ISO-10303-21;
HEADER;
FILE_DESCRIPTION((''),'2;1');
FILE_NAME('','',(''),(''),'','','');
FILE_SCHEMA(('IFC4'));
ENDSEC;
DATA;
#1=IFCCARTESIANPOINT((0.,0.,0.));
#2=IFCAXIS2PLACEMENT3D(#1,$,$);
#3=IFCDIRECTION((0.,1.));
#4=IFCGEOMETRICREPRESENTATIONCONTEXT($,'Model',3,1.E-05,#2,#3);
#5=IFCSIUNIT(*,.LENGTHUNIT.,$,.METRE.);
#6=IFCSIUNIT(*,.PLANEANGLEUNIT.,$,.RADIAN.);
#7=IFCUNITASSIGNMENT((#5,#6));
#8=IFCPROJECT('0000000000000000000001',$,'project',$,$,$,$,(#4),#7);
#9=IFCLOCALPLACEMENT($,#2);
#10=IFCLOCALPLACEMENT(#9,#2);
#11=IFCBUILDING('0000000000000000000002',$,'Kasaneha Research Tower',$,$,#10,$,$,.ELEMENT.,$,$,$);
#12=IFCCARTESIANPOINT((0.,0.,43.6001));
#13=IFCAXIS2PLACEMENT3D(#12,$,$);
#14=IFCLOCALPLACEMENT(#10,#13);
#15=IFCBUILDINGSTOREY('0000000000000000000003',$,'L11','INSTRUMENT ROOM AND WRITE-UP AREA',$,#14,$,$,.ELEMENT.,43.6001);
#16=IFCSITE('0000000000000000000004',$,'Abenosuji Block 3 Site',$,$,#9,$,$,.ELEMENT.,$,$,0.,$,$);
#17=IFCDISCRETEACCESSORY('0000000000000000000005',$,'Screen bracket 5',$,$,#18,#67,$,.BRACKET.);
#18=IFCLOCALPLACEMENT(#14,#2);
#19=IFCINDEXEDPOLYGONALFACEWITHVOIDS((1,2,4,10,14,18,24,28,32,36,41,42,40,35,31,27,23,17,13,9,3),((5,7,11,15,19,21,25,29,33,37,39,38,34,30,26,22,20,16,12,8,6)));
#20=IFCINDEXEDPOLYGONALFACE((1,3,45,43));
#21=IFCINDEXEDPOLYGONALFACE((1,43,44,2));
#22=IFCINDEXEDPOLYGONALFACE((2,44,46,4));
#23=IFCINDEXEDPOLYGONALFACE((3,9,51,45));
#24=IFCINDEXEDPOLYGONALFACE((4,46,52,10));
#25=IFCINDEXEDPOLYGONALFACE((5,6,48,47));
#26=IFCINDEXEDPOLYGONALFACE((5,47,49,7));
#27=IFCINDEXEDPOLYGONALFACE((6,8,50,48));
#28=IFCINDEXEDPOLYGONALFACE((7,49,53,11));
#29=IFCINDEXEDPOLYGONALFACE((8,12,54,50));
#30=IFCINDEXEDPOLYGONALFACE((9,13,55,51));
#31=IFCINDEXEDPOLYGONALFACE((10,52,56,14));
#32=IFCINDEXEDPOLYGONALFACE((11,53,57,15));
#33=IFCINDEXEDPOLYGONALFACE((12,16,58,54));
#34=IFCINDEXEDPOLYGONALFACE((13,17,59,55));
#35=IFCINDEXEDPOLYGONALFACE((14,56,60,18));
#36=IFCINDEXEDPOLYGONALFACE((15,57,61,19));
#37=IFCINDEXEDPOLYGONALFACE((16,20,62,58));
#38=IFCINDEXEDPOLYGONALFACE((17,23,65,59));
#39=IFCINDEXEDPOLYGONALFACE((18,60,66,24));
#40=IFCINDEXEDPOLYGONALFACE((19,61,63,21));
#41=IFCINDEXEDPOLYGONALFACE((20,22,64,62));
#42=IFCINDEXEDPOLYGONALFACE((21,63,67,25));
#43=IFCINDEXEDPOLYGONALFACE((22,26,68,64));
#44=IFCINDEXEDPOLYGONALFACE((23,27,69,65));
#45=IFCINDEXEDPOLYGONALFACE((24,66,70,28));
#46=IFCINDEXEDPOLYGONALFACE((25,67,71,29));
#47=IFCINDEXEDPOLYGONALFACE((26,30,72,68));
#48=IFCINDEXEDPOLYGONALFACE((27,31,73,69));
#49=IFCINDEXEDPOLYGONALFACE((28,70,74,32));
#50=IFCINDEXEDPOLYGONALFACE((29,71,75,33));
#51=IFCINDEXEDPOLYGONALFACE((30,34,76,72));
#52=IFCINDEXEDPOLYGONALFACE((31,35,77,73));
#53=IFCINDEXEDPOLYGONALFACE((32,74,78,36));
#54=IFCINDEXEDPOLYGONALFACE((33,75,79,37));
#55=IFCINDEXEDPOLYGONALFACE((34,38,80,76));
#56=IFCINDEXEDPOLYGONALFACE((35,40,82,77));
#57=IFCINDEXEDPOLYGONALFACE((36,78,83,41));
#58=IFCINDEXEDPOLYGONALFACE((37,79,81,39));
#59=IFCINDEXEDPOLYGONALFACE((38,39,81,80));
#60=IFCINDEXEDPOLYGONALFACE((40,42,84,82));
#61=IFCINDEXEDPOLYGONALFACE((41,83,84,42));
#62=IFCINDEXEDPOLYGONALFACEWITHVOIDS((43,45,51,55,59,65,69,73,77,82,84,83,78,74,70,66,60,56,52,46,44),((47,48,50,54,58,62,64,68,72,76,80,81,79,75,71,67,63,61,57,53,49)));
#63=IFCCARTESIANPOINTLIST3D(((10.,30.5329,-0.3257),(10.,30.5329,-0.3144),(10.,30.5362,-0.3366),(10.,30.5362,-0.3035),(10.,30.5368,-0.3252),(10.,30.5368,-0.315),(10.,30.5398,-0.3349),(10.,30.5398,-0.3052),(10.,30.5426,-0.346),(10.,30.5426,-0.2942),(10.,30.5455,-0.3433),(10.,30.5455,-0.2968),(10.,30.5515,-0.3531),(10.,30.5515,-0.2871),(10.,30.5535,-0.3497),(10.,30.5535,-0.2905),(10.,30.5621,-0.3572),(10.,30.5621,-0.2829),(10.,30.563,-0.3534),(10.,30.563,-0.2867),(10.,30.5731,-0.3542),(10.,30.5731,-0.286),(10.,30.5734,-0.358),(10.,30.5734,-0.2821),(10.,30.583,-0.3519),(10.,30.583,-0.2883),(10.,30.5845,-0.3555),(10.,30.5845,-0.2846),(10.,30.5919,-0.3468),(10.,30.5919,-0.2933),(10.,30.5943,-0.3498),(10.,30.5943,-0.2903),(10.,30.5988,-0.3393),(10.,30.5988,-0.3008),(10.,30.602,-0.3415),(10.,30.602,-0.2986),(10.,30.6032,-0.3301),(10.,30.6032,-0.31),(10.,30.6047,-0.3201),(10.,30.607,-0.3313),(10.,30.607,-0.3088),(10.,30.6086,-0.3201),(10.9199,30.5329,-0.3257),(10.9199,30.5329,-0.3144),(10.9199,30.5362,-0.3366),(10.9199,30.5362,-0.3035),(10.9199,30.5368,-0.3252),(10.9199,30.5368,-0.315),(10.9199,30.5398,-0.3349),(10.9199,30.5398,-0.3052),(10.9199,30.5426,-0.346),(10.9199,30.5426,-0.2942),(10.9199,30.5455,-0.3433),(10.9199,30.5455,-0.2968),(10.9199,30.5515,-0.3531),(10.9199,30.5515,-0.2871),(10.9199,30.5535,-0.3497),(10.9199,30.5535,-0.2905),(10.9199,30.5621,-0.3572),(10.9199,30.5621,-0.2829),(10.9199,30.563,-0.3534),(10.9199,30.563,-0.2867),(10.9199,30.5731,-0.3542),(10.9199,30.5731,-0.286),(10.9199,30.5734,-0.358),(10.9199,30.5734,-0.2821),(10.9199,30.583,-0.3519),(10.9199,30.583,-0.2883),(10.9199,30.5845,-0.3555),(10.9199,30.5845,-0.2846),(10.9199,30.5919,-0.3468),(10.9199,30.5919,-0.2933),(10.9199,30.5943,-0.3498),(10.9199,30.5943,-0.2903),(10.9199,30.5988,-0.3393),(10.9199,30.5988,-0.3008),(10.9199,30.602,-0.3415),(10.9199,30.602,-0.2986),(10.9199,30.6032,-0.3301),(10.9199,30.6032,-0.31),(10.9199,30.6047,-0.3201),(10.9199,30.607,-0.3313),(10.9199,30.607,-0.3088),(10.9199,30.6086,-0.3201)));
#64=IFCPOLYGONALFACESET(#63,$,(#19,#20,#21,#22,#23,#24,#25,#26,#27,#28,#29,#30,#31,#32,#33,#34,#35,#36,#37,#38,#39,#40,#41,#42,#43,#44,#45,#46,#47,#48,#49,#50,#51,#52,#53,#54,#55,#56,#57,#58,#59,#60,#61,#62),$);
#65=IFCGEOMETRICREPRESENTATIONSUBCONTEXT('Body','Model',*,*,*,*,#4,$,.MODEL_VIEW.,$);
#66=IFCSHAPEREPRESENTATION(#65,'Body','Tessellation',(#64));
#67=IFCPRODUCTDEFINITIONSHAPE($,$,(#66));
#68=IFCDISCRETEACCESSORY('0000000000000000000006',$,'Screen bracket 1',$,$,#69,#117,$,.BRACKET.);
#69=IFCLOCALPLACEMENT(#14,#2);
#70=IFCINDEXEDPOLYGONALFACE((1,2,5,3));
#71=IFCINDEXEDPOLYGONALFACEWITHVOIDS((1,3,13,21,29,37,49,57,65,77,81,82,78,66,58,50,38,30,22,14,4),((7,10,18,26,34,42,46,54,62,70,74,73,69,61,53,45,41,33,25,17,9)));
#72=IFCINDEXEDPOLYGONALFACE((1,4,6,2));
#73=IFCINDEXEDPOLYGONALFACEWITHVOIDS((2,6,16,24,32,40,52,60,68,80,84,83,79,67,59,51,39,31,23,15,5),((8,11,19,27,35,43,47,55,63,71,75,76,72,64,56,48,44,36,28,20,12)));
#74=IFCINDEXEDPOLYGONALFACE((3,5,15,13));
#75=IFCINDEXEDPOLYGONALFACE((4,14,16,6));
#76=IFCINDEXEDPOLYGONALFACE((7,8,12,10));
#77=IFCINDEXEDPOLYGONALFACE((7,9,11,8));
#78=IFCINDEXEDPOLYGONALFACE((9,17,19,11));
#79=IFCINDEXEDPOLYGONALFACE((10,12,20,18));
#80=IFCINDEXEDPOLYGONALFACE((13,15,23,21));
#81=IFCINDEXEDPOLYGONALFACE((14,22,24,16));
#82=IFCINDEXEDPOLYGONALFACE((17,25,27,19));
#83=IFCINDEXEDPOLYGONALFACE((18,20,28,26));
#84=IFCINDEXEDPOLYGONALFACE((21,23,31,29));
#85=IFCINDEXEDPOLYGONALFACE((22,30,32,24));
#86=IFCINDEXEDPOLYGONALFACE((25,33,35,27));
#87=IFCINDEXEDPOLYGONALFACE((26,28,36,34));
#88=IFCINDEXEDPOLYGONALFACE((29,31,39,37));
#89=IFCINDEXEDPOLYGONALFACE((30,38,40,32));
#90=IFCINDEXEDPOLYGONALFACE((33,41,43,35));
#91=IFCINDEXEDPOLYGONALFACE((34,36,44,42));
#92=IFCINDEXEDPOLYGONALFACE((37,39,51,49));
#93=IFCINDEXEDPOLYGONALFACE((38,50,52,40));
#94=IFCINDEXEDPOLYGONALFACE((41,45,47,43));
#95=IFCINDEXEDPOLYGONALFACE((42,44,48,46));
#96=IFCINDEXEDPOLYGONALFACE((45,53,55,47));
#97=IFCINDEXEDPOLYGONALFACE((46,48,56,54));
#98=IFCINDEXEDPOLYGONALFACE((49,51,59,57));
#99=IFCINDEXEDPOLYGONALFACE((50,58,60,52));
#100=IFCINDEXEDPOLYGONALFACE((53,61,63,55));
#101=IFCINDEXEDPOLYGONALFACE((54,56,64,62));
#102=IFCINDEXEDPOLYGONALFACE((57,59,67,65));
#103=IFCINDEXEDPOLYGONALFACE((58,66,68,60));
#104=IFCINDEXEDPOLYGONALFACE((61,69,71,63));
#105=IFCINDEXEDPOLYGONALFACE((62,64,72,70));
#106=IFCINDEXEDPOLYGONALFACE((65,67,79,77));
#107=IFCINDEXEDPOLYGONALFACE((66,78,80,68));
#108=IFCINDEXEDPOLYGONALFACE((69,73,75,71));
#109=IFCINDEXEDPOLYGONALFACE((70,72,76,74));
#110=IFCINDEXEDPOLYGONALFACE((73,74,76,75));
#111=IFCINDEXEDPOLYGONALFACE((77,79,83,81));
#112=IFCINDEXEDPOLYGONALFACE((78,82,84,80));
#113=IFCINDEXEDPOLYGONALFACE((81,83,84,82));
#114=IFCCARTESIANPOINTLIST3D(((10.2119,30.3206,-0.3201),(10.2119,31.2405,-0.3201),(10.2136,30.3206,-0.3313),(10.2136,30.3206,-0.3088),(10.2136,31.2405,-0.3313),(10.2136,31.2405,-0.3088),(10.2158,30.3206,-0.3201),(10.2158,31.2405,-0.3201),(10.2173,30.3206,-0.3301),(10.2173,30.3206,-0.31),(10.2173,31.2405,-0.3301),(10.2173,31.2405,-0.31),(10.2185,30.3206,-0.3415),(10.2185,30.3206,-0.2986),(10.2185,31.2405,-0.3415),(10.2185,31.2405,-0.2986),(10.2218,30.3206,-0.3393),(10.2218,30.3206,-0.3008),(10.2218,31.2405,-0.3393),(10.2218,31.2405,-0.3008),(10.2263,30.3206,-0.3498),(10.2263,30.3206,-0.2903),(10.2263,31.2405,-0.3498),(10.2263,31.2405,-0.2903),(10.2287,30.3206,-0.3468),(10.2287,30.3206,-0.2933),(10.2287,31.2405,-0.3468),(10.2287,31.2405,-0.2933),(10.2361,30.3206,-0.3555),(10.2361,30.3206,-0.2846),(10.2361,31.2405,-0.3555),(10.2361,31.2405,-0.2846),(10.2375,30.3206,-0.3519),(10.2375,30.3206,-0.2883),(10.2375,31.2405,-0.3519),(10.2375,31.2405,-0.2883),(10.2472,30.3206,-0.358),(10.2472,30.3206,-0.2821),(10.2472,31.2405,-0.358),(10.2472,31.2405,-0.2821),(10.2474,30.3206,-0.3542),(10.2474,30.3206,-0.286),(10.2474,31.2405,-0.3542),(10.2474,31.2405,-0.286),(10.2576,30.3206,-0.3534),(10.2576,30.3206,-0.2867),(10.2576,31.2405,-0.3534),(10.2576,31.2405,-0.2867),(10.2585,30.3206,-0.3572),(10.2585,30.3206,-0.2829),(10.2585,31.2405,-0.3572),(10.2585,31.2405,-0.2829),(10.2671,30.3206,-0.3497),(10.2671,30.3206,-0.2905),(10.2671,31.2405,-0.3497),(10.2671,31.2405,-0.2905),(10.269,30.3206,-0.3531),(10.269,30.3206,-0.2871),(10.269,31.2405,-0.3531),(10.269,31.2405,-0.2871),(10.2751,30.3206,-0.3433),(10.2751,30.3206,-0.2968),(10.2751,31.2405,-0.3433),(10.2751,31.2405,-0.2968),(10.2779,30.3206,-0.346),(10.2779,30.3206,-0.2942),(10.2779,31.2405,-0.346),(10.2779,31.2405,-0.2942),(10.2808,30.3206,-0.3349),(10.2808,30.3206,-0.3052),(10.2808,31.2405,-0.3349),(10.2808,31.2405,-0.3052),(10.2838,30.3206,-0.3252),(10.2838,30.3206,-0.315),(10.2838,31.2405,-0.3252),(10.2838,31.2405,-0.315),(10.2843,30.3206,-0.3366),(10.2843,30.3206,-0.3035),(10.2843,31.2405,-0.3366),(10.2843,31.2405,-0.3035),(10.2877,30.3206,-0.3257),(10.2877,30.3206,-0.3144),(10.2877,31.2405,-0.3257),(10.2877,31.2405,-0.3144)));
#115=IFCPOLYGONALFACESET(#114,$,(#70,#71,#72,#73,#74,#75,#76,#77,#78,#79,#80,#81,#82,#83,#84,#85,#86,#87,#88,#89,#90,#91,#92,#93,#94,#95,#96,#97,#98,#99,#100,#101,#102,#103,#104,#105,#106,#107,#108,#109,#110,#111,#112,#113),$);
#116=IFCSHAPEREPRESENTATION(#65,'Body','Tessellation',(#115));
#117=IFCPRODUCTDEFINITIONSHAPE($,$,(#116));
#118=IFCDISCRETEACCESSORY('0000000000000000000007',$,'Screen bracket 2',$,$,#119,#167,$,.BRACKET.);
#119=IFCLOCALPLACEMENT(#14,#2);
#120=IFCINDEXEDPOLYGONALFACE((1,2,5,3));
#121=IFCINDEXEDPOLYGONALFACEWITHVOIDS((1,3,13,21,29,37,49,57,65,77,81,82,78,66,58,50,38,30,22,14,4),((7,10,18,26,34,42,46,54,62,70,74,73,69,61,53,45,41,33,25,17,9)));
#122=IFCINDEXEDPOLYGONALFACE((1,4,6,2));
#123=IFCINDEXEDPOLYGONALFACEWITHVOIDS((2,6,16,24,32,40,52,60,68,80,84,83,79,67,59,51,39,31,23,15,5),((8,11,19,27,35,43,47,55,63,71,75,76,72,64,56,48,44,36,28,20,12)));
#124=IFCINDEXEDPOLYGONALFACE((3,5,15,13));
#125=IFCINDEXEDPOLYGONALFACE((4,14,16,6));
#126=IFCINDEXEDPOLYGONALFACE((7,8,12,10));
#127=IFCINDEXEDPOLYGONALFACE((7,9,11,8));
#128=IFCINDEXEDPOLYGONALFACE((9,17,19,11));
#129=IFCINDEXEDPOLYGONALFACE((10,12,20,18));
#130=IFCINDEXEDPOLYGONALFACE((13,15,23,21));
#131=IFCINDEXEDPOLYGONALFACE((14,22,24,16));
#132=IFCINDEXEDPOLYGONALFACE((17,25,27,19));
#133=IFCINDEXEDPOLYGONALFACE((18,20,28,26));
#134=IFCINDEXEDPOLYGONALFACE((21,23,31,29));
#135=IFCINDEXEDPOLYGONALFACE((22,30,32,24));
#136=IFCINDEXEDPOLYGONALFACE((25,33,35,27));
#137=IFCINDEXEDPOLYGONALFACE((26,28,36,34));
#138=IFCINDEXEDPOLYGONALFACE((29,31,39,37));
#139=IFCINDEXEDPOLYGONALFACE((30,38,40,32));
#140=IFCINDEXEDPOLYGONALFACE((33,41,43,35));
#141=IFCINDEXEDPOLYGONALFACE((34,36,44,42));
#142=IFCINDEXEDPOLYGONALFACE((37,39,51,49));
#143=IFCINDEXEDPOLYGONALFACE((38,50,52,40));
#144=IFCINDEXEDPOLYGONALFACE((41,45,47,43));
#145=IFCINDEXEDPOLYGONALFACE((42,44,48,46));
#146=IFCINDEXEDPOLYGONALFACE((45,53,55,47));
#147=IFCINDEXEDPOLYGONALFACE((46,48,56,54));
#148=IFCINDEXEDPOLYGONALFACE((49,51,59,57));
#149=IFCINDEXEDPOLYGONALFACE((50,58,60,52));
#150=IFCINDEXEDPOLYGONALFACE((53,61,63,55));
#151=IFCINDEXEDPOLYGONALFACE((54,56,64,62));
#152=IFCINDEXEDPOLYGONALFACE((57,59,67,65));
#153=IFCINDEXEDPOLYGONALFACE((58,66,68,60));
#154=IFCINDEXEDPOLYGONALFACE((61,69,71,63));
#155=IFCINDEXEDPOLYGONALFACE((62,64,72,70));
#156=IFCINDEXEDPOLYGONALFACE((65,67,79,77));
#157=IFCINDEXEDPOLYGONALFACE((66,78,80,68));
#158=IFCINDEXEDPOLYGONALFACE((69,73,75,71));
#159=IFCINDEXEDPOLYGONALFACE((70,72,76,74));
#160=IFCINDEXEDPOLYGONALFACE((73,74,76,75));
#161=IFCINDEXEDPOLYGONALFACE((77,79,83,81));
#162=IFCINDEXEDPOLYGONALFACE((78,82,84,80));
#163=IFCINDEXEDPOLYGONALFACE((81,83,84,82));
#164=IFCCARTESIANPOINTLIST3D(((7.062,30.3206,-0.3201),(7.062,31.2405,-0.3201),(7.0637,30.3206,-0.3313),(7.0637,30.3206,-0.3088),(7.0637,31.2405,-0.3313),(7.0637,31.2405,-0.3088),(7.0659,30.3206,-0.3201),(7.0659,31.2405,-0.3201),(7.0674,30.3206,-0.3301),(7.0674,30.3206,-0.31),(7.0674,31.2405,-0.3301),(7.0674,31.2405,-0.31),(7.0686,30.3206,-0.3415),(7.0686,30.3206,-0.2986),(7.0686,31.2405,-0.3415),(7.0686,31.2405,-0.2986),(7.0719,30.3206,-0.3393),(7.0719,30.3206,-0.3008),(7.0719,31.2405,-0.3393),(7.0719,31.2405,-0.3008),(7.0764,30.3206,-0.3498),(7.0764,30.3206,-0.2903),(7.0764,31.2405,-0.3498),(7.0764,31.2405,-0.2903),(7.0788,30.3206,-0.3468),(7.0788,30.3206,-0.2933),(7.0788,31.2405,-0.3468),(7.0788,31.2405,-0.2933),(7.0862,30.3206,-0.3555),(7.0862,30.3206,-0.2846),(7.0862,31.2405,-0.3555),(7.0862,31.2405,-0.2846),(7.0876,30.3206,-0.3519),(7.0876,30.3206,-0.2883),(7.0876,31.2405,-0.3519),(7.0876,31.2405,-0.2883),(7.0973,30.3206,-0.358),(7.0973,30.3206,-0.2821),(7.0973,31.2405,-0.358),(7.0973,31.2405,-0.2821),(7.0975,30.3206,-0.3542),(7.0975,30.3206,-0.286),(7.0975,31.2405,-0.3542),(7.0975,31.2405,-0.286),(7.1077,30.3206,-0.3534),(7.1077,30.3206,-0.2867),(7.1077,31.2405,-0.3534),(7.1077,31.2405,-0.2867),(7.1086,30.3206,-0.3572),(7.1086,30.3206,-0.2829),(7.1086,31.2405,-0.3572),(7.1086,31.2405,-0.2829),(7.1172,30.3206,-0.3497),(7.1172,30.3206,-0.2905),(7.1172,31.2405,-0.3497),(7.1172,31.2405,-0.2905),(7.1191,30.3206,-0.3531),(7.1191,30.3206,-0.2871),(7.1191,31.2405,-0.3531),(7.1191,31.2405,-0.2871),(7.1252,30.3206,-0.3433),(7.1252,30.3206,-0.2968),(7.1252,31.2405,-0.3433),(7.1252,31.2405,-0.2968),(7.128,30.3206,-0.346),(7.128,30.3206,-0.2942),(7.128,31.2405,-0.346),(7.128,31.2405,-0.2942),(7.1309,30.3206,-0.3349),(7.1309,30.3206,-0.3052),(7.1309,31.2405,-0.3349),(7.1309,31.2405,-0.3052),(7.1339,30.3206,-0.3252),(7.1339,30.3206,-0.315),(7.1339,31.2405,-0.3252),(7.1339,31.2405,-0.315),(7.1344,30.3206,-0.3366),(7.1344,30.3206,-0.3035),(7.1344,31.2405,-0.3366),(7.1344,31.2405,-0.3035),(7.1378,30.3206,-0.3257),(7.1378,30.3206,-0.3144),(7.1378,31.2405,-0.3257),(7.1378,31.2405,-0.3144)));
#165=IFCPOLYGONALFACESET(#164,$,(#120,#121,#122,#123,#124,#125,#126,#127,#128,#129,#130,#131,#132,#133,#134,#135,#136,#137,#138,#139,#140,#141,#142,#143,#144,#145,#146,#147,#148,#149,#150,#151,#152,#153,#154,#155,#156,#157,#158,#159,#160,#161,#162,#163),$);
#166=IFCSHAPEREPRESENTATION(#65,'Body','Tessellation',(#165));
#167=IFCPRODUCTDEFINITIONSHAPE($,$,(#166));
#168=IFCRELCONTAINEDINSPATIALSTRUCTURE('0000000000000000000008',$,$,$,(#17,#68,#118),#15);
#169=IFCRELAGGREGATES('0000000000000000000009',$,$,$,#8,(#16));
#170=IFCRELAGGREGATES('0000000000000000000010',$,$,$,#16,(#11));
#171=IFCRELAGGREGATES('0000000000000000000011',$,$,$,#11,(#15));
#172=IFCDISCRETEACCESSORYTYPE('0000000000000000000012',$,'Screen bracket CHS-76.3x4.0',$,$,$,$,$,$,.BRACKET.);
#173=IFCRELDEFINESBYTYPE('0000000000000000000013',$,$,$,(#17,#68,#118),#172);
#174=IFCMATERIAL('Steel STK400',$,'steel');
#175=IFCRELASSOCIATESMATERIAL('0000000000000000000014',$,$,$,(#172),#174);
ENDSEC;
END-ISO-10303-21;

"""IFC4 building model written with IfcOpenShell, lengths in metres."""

from ifc_helpers import new_model, si_unit, direction, frame, origin, origin_2d, place, context, subcontext, project, spatial, hollow_circle, extrude, material, material_profile, profile_set, type_object, element, save


model = new_model("IFC4")

# Units and contexts
model_context = context("Model", 3, precision=1e-05, world=origin(), true_north=direction((0.0, 1.0)))
body_context = subcontext(model_context, "Body", "Model", "MODEL_VIEW")
ifc_project = project(units=[si_unit("LENGTHUNIT", "METRE"), si_unit("PLANEANGLEUNIT", "RADIAN")], contexts=[model_context])

# Site, building, storey
site_placement = place(None, origin())
site = spatial("IfcSite", under=ifc_project, at=site_placement, Name="Abenosuji Block 3 Site", CompositionType="ELEMENT", RefElevation=0.0)
building_placement = place(site_placement, origin())
building = spatial("IfcBuilding", under=site, at=building_placement, Name="Kasaneha Research Tower", CompositionType="ELEMENT")
storey_placement = place(building_placement, frame((0.0, 0.0, 43.6001)))
storey = spatial("IfcBuildingStorey", under=building, at=storey_placement, Name="L11", Description="INSTRUMENT ROOM AND WRITE-UP AREA", CompositionType="ELEMENT", Elevation=43.6001)

# Discrete accessories
ifc_material_1 = material(Name="Steel STK400", Category="steel")
ifc_material_profile_1 = material_profile(ifc_material_1, hollow_circle(Radius=0.0381, WallThickness=0.0039, at=origin_2d()), Name="CHS-76.3x4.0")
ifc_profile_set_1 = profile_set([ifc_material_profile_1], Name="Steel STK400")
discrete_accessory_type = type_object("IfcDiscreteAccessoryType", Name="Screen bracket CHS-76.3x4.0", PredefinedType="BRACKET", material=ifc_profile_set_1)
for number, where, z_axis, x_axis, name in (
    (1, (10.0, 30.5706, -0.3201), (1.0, 0.0, 0.0), (0.0, 1.0, 0.0), "Screen bracket 5"),
    (2, (10.25, 30.3206, -0.3201), (0.0, 1.0, 0.0), (-1.0, 0.0, 0.0), "Screen bracket 1"),
    (3, (7.1001, 30.3206, -0.3201), (0.0, 1.0, 0.0), (-1.0, 0.0, 0.0), "Screen bracket 2"),
):
    element("IfcDiscreteAccessory", number, at=place(storey_placement, frame(where, z_axis=z_axis, x_axis=x_axis)), inside=storey, type_object=discrete_accessory_type, Name=name, PredefinedType="BRACKET", context=body_context, shape_type="SweptSolid", body=[
        extrude(hollow_circle(Radius=0.0381, WallThickness=0.0039, at=origin_2d()), origin(), (0.0, 0.0, 1.0), 0.9199),
    ])

save(model, "model.ifc")
